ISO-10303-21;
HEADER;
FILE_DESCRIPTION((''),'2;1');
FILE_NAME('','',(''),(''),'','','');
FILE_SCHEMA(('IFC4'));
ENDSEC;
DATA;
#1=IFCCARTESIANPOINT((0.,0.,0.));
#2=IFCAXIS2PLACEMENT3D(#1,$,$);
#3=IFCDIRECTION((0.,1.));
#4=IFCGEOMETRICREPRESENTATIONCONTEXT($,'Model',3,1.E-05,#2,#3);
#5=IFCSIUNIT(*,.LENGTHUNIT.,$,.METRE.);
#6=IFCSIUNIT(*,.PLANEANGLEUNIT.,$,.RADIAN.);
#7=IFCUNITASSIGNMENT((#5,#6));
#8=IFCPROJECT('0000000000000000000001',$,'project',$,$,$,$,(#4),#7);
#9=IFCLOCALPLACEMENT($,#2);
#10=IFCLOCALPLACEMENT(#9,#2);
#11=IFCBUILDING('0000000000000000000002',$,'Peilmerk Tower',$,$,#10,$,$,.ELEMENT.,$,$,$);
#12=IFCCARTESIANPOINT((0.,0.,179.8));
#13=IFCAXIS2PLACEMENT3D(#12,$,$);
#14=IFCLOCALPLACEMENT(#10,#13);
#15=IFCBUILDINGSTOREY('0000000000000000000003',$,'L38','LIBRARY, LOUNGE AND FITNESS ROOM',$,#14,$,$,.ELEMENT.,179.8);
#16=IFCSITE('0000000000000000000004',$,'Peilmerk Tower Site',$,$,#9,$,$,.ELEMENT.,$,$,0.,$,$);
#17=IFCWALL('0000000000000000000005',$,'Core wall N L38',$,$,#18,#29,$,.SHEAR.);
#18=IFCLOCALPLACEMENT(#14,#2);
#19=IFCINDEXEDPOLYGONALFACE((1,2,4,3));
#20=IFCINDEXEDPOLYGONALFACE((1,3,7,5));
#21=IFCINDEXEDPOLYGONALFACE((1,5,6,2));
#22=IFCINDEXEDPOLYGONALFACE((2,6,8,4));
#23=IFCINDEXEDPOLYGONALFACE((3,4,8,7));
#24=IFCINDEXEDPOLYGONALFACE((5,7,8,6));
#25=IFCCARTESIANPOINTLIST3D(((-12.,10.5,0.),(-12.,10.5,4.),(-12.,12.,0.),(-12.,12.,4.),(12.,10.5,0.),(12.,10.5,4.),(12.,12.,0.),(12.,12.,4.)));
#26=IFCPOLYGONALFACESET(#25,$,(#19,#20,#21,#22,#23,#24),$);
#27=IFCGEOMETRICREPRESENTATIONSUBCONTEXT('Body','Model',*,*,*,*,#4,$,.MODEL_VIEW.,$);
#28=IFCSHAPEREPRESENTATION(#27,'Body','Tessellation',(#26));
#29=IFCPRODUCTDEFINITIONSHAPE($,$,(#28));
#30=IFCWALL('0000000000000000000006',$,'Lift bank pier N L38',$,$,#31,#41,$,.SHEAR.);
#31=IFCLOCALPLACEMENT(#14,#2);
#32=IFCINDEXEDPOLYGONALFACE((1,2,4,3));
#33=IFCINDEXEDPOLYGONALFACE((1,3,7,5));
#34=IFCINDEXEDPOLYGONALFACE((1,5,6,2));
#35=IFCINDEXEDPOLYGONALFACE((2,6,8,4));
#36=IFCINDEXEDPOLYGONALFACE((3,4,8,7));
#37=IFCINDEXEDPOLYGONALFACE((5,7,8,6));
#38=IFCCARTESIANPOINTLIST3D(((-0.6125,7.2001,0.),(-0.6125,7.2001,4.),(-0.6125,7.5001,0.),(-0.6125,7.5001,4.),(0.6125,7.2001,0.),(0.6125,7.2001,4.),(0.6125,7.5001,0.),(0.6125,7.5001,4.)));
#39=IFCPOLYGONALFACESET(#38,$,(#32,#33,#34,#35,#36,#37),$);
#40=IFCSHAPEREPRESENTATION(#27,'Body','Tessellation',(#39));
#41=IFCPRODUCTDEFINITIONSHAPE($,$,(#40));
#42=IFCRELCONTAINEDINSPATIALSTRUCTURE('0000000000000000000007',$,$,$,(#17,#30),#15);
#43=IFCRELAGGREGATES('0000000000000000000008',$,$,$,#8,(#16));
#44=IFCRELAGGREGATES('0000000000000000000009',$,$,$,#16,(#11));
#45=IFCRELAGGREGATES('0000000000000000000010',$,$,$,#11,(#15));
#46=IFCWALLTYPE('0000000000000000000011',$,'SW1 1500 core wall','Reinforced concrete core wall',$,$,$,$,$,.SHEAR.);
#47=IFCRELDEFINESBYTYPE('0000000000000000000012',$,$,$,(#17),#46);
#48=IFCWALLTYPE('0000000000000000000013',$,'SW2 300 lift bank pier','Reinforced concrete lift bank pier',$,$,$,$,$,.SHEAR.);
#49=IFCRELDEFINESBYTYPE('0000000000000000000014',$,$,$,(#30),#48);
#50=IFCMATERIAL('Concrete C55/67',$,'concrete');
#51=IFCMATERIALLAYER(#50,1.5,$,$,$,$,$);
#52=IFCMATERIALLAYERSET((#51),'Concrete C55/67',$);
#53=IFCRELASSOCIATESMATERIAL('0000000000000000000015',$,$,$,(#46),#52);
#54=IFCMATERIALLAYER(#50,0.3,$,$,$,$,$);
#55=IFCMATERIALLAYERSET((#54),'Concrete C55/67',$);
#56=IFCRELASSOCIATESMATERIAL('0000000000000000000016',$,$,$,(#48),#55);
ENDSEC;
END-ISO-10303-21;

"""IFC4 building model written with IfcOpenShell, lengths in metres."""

from ifc_helpers import new_model, si_unit, direction, frame, frame_2d, origin, place, context, subcontext, project, spatial, rectangle, extrude, material, layer, layer_set, type_object, element, save


model = new_model("IFC4")

# Units and contexts
model_context = context("Model", 3, precision=1e-05, world=origin(), true_north=direction((0.0, 1.0)))
body_context = subcontext(model_context, "Body", "Model", "MODEL_VIEW")
ifc_project = project(units=[si_unit("LENGTHUNIT", "METRE"), si_unit("PLANEANGLEUNIT", "RADIAN")], contexts=[model_context])

# Site, building, storey
site_placement = place(None, origin())
site = spatial("IfcSite", under=ifc_project, at=site_placement, Name="Peilmerk Tower Site", CompositionType="ELEMENT", RefElevation=0.0)
building_placement = place(site_placement, origin())
building = spatial("IfcBuilding", under=site, at=building_placement, Name="Peilmerk Tower", CompositionType="ELEMENT")
storey_placement = place(building_placement, frame((0.0, 0.0, 179.8)))
storey = spatial("IfcBuildingStorey", under=building, at=storey_placement, Name="L38", Description="LIBRARY, LOUNGE AND FITNESS ROOM", CompositionType="ELEMENT", Elevation=179.8)

# Walls
ifc_material_1 = material(Name="Concrete C55/67", Category="concrete")
ifc_layer_1 = layer(ifc_material_1, 1.5)
ifc_layer_set_1 = layer_set([ifc_layer_1], Name="Concrete C55/67")
wall_type_1 = type_object("IfcWallType", Name="SW1 1500 core wall", Description="Reinforced concrete core wall", PredefinedType="SHEAR", material=ifc_layer_set_1)
wall_1_placement = place(storey_placement, frame((-12.0, 11.25, 0.0), z_axis=(0.0, 0.0, 1.0), x_axis=(1.0, 0.0, 0.0)))
element("IfcWall", 1, at=wall_1_placement, inside=storey, type_object=wall_type_1, Name="Core wall N L38", PredefinedType="SHEAR", context=body_context, shape_type="SweptSolid", body=[
    extrude(rectangle(XDim=24.0, YDim=1.5, at=frame_2d((12.0, 0.0))), origin(), (0.0, 0.0, 1.0), 4.0),
])
ifc_layer_2 = layer(ifc_material_1, 0.3)
ifc_layer_set_2 = layer_set([ifc_layer_2], Name="Concrete C55/67")
wall_type_2 = type_object("IfcWallType", Name="SW2 300 lift bank pier", Description="Reinforced concrete lift bank pier", PredefinedType="SHEAR", material=ifc_layer_set_2)
wall_2_placement = place(storey_placement, frame((-0.6125, 7.3501, 0.0), z_axis=(0.0, 0.0, 1.0), x_axis=(1.0, 0.0, 0.0)))
element("IfcWall", 2, at=wall_2_placement, inside=storey, type_object=wall_type_2, Name="Lift bank pier N L38", PredefinedType="SHEAR", context=body_context, shape_type="SweptSolid", body=[
    extrude(rectangle(XDim=1.2251, YDim=0.3, at=frame_2d((0.6125, 0.0))), origin(), (0.0, 0.0, 1.0), 4.0),
])

save(model, "model.ifc")
